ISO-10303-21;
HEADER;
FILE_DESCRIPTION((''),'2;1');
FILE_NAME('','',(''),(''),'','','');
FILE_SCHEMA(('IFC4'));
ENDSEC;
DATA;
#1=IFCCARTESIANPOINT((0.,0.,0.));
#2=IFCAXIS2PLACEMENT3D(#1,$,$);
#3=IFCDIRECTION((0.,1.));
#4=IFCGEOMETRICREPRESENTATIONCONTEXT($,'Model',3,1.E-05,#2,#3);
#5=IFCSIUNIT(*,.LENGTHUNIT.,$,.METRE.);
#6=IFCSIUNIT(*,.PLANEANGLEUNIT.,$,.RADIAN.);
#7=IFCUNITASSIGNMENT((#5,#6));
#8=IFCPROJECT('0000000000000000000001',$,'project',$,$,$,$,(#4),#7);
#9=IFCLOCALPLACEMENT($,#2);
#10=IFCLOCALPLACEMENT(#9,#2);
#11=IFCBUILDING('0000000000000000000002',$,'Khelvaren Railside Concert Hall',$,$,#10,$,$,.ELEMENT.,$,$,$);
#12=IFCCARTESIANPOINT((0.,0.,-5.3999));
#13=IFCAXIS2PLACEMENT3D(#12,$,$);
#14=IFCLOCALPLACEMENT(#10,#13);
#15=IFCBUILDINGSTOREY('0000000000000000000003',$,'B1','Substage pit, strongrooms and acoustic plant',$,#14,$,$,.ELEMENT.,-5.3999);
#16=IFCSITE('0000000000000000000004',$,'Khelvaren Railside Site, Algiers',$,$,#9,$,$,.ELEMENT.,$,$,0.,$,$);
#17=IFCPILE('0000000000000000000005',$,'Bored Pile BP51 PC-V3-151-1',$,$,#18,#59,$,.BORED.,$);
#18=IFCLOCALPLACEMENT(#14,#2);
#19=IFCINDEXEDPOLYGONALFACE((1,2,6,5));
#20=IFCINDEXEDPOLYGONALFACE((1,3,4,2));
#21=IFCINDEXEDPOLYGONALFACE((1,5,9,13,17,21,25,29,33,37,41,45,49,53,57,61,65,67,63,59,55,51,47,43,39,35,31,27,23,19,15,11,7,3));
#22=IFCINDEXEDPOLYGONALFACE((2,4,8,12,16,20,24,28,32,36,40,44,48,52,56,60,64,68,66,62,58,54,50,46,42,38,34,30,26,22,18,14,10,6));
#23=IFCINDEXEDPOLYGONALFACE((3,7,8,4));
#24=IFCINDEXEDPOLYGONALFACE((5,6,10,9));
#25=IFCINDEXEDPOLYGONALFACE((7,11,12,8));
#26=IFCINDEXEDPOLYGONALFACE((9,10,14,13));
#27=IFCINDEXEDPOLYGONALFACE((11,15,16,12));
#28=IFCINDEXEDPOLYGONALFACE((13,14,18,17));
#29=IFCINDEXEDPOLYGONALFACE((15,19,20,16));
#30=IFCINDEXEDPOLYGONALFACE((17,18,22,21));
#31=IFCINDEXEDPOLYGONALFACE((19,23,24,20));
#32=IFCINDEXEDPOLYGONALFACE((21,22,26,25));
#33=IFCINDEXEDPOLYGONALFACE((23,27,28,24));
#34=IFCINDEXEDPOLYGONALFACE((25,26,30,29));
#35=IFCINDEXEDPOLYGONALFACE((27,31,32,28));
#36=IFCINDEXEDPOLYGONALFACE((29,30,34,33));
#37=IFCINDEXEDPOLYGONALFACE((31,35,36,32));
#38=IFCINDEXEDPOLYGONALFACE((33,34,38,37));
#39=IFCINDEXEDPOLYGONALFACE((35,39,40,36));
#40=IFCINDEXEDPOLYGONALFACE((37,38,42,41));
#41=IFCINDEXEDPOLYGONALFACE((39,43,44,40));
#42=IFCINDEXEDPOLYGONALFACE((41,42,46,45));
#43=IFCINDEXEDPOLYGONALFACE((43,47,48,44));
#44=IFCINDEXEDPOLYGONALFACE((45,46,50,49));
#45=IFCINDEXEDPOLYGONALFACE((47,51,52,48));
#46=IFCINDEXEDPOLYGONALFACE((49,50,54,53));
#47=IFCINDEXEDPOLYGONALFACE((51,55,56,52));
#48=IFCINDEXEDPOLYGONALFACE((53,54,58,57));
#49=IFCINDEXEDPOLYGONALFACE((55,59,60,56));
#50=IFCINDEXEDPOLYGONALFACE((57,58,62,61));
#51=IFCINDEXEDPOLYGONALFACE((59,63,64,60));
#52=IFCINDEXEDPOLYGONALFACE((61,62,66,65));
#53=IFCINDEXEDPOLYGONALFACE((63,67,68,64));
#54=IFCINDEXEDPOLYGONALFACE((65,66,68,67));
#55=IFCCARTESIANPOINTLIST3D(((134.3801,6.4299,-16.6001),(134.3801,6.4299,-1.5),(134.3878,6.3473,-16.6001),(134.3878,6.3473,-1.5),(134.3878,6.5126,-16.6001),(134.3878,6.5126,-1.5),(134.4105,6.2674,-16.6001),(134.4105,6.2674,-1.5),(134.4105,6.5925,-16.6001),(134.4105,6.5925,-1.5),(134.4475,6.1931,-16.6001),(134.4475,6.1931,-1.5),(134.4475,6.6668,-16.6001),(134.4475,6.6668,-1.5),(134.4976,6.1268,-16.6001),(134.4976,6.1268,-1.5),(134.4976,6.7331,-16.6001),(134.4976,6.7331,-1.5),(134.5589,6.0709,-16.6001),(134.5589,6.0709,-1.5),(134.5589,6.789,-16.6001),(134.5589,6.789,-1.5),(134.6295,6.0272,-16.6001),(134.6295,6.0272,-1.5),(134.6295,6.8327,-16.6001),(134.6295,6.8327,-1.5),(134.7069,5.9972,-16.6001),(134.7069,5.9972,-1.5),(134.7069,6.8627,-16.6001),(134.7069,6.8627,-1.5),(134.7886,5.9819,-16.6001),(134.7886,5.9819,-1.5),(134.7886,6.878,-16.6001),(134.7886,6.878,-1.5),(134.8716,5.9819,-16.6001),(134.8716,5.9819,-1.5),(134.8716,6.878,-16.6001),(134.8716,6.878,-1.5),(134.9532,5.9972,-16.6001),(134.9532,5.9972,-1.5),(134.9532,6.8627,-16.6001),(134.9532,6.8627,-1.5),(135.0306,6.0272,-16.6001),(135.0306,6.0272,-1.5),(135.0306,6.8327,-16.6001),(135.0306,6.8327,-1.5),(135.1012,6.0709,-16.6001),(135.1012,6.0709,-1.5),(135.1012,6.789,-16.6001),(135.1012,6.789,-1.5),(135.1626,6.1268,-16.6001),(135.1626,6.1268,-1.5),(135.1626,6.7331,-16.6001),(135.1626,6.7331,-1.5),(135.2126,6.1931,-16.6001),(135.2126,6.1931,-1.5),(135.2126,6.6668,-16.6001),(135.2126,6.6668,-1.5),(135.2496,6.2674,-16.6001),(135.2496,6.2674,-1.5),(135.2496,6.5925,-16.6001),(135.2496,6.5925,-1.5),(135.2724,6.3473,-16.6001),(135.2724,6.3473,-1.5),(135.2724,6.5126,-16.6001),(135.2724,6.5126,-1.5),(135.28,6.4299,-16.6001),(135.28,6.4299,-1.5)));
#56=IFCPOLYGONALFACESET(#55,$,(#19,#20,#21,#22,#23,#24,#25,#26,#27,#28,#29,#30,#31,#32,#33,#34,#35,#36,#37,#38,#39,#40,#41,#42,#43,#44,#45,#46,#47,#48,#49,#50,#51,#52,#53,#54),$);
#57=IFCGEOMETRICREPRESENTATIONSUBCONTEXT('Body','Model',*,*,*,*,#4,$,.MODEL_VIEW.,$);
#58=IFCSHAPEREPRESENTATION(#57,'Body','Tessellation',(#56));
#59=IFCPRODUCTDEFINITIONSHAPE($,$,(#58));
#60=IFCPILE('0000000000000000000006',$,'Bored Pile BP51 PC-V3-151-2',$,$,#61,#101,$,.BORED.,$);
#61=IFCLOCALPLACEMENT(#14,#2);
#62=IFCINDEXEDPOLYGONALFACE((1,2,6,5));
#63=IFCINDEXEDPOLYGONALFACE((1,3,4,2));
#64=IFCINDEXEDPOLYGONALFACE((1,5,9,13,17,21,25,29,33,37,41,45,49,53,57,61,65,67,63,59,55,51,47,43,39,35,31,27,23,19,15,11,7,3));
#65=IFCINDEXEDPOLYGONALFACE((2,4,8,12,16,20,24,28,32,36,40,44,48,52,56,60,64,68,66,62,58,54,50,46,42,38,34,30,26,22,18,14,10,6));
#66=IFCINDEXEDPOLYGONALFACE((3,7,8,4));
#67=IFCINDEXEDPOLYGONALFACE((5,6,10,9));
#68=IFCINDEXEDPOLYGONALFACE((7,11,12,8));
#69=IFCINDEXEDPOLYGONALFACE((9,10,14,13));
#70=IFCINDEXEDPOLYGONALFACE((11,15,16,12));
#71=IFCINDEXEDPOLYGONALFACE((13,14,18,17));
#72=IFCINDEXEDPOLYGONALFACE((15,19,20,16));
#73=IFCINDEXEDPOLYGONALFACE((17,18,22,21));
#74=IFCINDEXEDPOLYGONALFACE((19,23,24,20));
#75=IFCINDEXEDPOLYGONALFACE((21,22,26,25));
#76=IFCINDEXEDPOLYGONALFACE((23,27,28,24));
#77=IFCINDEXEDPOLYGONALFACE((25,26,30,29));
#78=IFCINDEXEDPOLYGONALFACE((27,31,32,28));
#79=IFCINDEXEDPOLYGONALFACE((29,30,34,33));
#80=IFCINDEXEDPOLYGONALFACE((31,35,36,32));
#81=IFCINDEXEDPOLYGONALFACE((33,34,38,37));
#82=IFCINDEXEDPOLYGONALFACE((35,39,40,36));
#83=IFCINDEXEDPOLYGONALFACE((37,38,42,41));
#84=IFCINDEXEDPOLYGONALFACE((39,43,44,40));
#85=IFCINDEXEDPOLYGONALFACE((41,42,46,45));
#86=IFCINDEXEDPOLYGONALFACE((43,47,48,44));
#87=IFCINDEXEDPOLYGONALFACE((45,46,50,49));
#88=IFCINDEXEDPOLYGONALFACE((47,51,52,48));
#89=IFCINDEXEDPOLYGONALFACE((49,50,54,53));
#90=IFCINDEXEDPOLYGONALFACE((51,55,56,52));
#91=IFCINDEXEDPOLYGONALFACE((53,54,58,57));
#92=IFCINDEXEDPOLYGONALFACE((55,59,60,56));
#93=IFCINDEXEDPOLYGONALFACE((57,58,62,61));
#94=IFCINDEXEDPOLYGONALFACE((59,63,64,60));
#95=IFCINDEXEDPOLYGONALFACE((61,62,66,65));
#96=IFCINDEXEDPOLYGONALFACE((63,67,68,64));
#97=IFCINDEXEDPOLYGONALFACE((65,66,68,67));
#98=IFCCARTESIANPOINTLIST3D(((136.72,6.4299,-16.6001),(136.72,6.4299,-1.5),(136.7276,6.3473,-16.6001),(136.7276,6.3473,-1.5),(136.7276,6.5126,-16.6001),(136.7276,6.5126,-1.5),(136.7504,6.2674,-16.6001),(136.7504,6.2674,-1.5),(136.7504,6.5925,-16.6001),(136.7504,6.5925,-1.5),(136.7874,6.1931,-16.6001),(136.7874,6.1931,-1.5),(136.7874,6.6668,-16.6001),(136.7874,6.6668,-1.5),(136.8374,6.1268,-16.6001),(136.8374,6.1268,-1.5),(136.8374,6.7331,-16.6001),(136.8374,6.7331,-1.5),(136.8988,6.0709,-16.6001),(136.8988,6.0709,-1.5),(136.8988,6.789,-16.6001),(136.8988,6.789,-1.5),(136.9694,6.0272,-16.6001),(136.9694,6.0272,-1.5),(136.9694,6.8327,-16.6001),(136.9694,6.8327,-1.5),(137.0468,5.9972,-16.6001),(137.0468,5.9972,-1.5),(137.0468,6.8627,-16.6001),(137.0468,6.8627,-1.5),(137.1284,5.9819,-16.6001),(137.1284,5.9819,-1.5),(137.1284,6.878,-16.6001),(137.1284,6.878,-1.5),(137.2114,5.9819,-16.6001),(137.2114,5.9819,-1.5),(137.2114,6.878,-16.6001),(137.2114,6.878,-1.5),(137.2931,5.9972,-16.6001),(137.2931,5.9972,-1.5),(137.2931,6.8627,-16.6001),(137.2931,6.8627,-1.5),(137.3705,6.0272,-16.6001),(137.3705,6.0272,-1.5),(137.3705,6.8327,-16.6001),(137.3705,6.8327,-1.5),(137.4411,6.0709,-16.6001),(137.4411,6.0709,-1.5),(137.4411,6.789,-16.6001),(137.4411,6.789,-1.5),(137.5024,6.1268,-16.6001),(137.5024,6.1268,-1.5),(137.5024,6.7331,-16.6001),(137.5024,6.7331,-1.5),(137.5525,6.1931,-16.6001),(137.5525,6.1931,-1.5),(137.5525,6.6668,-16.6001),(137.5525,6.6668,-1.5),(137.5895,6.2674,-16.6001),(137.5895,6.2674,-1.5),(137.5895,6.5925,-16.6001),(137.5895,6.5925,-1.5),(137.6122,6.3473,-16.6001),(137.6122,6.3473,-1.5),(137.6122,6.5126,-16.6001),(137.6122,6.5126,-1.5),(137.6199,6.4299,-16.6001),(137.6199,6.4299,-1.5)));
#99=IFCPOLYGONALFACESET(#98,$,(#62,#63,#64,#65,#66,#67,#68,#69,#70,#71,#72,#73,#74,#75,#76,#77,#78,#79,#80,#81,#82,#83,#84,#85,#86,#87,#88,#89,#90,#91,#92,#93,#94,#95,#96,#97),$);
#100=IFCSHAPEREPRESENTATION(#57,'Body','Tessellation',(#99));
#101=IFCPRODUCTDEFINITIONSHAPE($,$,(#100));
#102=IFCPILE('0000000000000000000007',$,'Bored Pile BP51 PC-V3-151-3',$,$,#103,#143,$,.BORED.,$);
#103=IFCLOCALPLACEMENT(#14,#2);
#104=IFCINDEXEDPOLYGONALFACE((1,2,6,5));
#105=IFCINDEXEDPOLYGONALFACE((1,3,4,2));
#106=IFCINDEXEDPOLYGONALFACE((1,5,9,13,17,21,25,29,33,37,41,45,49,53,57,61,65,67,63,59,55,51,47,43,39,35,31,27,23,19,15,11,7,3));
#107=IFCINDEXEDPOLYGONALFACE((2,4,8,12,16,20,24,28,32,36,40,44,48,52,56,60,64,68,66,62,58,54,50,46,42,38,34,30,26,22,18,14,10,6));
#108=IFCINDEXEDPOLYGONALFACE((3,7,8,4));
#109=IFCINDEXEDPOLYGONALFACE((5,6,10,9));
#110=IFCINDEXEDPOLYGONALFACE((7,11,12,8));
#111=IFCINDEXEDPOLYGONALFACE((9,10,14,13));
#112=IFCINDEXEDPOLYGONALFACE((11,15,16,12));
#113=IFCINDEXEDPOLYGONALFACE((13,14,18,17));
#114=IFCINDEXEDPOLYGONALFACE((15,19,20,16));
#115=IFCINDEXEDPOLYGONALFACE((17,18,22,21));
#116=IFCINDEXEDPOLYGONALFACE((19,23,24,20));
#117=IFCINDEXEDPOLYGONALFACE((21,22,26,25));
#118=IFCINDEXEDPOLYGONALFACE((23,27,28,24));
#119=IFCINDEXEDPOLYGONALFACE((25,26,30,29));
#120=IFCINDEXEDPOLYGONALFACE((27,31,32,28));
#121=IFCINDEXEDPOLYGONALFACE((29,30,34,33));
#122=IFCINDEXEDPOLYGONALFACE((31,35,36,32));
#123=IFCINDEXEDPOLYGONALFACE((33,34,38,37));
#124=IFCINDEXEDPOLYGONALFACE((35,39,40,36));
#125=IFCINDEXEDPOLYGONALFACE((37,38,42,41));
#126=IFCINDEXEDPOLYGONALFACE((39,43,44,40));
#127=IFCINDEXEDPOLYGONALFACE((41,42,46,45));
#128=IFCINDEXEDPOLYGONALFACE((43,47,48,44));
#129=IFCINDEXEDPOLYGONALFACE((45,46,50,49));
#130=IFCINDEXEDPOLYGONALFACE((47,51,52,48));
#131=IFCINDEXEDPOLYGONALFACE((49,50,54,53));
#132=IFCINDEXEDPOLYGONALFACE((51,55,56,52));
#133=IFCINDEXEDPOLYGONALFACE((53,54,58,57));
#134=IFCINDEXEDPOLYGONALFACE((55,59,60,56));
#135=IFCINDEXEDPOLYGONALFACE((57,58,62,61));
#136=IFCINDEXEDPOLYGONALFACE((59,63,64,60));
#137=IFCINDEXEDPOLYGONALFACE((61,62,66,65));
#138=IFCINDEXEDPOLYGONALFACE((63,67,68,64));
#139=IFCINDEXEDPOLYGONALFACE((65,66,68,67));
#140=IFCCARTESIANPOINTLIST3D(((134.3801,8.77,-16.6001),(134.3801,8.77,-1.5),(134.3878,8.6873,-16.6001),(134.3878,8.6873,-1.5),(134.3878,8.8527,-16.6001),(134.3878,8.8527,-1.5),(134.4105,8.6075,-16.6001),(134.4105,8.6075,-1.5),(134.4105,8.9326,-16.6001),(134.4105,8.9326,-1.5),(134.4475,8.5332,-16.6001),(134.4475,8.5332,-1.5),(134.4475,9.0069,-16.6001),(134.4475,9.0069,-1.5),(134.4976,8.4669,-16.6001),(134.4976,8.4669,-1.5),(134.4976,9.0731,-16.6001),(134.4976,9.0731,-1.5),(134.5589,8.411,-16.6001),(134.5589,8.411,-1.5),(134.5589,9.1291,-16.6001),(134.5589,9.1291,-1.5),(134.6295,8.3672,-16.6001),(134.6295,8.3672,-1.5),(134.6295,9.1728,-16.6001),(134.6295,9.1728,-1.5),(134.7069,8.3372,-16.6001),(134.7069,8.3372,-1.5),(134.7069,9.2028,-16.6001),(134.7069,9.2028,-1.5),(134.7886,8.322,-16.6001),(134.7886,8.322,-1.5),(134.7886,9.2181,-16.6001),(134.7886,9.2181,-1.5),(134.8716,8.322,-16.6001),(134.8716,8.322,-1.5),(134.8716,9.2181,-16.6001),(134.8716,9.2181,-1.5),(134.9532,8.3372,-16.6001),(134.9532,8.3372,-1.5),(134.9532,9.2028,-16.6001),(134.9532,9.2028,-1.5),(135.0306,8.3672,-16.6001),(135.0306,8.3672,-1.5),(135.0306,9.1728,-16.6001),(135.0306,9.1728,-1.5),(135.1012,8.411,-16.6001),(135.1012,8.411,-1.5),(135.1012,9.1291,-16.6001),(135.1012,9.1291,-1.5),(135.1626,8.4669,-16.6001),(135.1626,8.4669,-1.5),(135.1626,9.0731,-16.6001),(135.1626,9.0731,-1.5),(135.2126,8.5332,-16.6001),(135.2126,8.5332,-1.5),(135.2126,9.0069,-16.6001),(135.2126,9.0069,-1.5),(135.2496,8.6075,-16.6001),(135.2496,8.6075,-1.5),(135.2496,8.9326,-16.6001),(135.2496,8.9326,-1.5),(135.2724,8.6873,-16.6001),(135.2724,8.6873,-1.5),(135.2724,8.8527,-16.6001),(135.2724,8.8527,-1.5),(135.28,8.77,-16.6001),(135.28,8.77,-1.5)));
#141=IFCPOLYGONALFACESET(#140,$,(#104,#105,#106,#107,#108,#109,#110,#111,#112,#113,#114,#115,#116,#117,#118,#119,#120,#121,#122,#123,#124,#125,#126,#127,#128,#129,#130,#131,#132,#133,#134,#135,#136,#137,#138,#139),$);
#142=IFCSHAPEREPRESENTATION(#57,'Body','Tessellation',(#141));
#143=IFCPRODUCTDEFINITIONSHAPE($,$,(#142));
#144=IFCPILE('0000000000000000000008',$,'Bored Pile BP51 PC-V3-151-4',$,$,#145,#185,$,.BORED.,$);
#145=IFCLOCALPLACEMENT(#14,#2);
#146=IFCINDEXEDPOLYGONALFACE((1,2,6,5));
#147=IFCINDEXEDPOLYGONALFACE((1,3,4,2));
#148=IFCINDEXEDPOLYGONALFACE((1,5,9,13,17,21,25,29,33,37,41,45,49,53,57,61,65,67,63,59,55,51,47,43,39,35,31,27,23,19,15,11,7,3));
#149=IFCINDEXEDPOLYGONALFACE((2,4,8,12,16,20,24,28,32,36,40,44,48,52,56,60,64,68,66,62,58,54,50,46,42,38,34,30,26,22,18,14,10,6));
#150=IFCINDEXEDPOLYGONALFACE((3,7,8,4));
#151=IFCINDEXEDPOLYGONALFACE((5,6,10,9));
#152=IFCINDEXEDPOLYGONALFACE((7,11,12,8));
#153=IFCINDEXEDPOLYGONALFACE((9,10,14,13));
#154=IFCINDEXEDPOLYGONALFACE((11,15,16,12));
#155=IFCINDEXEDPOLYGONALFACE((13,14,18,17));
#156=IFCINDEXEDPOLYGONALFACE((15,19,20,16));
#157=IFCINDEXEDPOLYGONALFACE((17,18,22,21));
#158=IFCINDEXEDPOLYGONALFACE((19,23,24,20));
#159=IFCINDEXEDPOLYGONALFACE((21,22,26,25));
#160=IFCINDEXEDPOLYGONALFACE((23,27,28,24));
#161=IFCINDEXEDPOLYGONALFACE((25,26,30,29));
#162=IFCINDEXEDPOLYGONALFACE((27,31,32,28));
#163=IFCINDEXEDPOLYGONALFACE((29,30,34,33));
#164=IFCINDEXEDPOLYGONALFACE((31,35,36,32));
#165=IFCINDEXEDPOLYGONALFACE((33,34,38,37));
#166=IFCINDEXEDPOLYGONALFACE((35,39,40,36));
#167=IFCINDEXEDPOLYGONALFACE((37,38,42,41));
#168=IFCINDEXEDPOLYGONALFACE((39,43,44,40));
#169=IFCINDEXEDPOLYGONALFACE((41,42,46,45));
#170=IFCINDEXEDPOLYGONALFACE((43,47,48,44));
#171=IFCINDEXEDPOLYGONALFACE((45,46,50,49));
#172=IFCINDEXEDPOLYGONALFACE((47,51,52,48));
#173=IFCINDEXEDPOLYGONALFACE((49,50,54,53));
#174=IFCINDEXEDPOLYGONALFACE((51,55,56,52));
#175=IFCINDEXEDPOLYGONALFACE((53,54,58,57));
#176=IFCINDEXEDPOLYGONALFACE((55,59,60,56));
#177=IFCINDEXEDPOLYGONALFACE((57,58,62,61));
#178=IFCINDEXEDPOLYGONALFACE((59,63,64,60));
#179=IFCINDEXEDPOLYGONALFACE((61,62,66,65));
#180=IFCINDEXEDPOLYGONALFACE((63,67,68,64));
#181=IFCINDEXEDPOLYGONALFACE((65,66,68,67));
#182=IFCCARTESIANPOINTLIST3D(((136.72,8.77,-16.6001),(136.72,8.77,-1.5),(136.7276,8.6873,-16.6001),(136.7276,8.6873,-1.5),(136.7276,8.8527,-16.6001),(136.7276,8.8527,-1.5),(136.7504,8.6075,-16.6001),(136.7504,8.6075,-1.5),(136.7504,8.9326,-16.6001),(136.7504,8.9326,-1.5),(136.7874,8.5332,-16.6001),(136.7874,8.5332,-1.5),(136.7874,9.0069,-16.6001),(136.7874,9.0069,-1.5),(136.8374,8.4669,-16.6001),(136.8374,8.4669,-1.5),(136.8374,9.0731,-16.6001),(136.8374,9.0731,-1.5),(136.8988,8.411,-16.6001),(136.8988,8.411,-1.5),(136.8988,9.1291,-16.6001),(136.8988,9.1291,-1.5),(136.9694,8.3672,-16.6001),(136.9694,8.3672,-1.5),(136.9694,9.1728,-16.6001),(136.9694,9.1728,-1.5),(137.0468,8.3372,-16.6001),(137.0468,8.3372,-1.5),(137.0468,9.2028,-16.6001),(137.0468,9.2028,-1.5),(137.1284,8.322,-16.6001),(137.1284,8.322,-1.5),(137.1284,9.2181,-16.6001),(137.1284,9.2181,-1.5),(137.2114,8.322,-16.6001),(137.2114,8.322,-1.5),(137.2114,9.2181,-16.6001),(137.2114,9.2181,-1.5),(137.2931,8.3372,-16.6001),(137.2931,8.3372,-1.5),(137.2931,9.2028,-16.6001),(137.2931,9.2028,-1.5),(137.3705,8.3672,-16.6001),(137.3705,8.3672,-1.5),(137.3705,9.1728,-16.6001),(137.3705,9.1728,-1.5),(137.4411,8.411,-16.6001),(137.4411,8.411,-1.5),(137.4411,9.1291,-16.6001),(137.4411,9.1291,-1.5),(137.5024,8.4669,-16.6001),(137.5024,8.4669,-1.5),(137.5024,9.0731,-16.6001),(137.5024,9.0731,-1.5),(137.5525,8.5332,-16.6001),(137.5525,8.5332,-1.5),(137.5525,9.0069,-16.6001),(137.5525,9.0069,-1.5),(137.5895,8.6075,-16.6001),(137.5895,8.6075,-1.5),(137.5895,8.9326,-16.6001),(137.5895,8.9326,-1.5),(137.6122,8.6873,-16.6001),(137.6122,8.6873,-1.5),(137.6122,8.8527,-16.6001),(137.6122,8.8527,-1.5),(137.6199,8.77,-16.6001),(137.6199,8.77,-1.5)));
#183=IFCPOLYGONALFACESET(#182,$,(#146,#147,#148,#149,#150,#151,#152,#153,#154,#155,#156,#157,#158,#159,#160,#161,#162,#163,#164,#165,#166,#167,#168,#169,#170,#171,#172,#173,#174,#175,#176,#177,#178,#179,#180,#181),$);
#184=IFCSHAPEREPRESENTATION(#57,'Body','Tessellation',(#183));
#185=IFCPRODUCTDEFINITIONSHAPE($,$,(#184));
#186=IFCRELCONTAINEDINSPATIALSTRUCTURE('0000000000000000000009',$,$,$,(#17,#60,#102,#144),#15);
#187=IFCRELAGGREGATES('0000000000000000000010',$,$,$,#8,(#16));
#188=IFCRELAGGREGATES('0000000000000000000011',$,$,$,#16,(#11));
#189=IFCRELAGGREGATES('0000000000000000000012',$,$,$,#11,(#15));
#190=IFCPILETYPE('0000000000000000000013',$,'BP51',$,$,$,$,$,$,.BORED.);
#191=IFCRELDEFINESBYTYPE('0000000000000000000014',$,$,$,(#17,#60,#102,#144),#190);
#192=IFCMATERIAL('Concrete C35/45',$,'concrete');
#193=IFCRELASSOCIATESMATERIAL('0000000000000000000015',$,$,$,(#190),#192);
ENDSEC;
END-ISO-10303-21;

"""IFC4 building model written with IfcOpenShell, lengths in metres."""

from ifc_helpers import new_model, si_unit, direction, frame, origin, origin_2d, place, context, subcontext, project, spatial, circle, extrude, material, material_profile, profile_set, type_object, element, save


model = new_model("IFC4")

# Units and contexts
model_context = context("Model", 3, precision=1e-05, world=origin(), true_north=direction((0.0, 1.0)))
body_context = subcontext(model_context, "Body", "Model", "MODEL_VIEW")
ifc_project = project(units=[si_unit("LENGTHUNIT", "METRE"), si_unit("PLANEANGLEUNIT", "RADIAN")], contexts=[model_context])

# Site, building, storey
site_placement = place(None, origin())
site = spatial("IfcSite", under=ifc_project, at=site_placement, Name="Khelvaren Railside Site, Algiers", CompositionType="ELEMENT", RefElevation=0.0)
building_placement = place(site_placement, origin())
building = spatial("IfcBuilding", under=site, at=building_placement, Name="Khelvaren Railside Concert Hall", CompositionType="ELEMENT")
storey_placement = place(building_placement, frame((0.0, 0.0, -5.3999)))
storey = spatial("IfcBuildingStorey", under=building, at=storey_placement, Name="B1", Description="Substage pit, strongrooms and acoustic plant", CompositionType="ELEMENT", Elevation=-5.3999)

# Piles
ifc_material_1 = material(Name="Concrete C35/45", Category="concrete")
ifc_material_profile_1 = material_profile(ifc_material_1, circle(Radius=0.45, at=origin_2d()), Name="BP D900")
ifc_profile_set_1 = profile_set([ifc_material_profile_1], Name="Concrete C35/45")
pile_type_1 = type_object("IfcPileType", Name="BP51", PredefinedType="BORED", material=ifc_profile_set_1)
for number, where, z_axis, x_axis, name in (
    (1, (134.8301, 6.4299, -1.5), (0.0, 0.0, -1.0), (1.0, 0.0, 0.0), "Bored Pile BP51 PC-V3-151-1"),
    (2, (137.1699, 6.4299, -1.5), (0.0, 0.0, -1.0), (1.0, 0.0, 0.0), "Bored Pile BP51 PC-V3-151-2"),
    (3, (134.8301, 8.77, -1.5), (0.0, 0.0, -1.0), (1.0, 0.0, 0.0), "Bored Pile BP51 PC-V3-151-3"),
    (4, (137.1699, 8.77, -1.5), (0.0, 0.0, -1.0), (1.0, 0.0, 0.0), "Bored Pile BP51 PC-V3-151-4"),
):
    element("IfcPile", number, at=place(storey_placement, frame(where, z_axis=z_axis, x_axis=x_axis)), inside=storey, type_object=pile_type_1, Name=name, PredefinedType="BORED", context=body_context, shape_type="SweptSolid", body=[
        extrude(circle(Radius=0.45, at=origin_2d()), origin(), (0.0, 0.0, 1.0), 15.1001),
    ])

save(model, "model.ifc")
